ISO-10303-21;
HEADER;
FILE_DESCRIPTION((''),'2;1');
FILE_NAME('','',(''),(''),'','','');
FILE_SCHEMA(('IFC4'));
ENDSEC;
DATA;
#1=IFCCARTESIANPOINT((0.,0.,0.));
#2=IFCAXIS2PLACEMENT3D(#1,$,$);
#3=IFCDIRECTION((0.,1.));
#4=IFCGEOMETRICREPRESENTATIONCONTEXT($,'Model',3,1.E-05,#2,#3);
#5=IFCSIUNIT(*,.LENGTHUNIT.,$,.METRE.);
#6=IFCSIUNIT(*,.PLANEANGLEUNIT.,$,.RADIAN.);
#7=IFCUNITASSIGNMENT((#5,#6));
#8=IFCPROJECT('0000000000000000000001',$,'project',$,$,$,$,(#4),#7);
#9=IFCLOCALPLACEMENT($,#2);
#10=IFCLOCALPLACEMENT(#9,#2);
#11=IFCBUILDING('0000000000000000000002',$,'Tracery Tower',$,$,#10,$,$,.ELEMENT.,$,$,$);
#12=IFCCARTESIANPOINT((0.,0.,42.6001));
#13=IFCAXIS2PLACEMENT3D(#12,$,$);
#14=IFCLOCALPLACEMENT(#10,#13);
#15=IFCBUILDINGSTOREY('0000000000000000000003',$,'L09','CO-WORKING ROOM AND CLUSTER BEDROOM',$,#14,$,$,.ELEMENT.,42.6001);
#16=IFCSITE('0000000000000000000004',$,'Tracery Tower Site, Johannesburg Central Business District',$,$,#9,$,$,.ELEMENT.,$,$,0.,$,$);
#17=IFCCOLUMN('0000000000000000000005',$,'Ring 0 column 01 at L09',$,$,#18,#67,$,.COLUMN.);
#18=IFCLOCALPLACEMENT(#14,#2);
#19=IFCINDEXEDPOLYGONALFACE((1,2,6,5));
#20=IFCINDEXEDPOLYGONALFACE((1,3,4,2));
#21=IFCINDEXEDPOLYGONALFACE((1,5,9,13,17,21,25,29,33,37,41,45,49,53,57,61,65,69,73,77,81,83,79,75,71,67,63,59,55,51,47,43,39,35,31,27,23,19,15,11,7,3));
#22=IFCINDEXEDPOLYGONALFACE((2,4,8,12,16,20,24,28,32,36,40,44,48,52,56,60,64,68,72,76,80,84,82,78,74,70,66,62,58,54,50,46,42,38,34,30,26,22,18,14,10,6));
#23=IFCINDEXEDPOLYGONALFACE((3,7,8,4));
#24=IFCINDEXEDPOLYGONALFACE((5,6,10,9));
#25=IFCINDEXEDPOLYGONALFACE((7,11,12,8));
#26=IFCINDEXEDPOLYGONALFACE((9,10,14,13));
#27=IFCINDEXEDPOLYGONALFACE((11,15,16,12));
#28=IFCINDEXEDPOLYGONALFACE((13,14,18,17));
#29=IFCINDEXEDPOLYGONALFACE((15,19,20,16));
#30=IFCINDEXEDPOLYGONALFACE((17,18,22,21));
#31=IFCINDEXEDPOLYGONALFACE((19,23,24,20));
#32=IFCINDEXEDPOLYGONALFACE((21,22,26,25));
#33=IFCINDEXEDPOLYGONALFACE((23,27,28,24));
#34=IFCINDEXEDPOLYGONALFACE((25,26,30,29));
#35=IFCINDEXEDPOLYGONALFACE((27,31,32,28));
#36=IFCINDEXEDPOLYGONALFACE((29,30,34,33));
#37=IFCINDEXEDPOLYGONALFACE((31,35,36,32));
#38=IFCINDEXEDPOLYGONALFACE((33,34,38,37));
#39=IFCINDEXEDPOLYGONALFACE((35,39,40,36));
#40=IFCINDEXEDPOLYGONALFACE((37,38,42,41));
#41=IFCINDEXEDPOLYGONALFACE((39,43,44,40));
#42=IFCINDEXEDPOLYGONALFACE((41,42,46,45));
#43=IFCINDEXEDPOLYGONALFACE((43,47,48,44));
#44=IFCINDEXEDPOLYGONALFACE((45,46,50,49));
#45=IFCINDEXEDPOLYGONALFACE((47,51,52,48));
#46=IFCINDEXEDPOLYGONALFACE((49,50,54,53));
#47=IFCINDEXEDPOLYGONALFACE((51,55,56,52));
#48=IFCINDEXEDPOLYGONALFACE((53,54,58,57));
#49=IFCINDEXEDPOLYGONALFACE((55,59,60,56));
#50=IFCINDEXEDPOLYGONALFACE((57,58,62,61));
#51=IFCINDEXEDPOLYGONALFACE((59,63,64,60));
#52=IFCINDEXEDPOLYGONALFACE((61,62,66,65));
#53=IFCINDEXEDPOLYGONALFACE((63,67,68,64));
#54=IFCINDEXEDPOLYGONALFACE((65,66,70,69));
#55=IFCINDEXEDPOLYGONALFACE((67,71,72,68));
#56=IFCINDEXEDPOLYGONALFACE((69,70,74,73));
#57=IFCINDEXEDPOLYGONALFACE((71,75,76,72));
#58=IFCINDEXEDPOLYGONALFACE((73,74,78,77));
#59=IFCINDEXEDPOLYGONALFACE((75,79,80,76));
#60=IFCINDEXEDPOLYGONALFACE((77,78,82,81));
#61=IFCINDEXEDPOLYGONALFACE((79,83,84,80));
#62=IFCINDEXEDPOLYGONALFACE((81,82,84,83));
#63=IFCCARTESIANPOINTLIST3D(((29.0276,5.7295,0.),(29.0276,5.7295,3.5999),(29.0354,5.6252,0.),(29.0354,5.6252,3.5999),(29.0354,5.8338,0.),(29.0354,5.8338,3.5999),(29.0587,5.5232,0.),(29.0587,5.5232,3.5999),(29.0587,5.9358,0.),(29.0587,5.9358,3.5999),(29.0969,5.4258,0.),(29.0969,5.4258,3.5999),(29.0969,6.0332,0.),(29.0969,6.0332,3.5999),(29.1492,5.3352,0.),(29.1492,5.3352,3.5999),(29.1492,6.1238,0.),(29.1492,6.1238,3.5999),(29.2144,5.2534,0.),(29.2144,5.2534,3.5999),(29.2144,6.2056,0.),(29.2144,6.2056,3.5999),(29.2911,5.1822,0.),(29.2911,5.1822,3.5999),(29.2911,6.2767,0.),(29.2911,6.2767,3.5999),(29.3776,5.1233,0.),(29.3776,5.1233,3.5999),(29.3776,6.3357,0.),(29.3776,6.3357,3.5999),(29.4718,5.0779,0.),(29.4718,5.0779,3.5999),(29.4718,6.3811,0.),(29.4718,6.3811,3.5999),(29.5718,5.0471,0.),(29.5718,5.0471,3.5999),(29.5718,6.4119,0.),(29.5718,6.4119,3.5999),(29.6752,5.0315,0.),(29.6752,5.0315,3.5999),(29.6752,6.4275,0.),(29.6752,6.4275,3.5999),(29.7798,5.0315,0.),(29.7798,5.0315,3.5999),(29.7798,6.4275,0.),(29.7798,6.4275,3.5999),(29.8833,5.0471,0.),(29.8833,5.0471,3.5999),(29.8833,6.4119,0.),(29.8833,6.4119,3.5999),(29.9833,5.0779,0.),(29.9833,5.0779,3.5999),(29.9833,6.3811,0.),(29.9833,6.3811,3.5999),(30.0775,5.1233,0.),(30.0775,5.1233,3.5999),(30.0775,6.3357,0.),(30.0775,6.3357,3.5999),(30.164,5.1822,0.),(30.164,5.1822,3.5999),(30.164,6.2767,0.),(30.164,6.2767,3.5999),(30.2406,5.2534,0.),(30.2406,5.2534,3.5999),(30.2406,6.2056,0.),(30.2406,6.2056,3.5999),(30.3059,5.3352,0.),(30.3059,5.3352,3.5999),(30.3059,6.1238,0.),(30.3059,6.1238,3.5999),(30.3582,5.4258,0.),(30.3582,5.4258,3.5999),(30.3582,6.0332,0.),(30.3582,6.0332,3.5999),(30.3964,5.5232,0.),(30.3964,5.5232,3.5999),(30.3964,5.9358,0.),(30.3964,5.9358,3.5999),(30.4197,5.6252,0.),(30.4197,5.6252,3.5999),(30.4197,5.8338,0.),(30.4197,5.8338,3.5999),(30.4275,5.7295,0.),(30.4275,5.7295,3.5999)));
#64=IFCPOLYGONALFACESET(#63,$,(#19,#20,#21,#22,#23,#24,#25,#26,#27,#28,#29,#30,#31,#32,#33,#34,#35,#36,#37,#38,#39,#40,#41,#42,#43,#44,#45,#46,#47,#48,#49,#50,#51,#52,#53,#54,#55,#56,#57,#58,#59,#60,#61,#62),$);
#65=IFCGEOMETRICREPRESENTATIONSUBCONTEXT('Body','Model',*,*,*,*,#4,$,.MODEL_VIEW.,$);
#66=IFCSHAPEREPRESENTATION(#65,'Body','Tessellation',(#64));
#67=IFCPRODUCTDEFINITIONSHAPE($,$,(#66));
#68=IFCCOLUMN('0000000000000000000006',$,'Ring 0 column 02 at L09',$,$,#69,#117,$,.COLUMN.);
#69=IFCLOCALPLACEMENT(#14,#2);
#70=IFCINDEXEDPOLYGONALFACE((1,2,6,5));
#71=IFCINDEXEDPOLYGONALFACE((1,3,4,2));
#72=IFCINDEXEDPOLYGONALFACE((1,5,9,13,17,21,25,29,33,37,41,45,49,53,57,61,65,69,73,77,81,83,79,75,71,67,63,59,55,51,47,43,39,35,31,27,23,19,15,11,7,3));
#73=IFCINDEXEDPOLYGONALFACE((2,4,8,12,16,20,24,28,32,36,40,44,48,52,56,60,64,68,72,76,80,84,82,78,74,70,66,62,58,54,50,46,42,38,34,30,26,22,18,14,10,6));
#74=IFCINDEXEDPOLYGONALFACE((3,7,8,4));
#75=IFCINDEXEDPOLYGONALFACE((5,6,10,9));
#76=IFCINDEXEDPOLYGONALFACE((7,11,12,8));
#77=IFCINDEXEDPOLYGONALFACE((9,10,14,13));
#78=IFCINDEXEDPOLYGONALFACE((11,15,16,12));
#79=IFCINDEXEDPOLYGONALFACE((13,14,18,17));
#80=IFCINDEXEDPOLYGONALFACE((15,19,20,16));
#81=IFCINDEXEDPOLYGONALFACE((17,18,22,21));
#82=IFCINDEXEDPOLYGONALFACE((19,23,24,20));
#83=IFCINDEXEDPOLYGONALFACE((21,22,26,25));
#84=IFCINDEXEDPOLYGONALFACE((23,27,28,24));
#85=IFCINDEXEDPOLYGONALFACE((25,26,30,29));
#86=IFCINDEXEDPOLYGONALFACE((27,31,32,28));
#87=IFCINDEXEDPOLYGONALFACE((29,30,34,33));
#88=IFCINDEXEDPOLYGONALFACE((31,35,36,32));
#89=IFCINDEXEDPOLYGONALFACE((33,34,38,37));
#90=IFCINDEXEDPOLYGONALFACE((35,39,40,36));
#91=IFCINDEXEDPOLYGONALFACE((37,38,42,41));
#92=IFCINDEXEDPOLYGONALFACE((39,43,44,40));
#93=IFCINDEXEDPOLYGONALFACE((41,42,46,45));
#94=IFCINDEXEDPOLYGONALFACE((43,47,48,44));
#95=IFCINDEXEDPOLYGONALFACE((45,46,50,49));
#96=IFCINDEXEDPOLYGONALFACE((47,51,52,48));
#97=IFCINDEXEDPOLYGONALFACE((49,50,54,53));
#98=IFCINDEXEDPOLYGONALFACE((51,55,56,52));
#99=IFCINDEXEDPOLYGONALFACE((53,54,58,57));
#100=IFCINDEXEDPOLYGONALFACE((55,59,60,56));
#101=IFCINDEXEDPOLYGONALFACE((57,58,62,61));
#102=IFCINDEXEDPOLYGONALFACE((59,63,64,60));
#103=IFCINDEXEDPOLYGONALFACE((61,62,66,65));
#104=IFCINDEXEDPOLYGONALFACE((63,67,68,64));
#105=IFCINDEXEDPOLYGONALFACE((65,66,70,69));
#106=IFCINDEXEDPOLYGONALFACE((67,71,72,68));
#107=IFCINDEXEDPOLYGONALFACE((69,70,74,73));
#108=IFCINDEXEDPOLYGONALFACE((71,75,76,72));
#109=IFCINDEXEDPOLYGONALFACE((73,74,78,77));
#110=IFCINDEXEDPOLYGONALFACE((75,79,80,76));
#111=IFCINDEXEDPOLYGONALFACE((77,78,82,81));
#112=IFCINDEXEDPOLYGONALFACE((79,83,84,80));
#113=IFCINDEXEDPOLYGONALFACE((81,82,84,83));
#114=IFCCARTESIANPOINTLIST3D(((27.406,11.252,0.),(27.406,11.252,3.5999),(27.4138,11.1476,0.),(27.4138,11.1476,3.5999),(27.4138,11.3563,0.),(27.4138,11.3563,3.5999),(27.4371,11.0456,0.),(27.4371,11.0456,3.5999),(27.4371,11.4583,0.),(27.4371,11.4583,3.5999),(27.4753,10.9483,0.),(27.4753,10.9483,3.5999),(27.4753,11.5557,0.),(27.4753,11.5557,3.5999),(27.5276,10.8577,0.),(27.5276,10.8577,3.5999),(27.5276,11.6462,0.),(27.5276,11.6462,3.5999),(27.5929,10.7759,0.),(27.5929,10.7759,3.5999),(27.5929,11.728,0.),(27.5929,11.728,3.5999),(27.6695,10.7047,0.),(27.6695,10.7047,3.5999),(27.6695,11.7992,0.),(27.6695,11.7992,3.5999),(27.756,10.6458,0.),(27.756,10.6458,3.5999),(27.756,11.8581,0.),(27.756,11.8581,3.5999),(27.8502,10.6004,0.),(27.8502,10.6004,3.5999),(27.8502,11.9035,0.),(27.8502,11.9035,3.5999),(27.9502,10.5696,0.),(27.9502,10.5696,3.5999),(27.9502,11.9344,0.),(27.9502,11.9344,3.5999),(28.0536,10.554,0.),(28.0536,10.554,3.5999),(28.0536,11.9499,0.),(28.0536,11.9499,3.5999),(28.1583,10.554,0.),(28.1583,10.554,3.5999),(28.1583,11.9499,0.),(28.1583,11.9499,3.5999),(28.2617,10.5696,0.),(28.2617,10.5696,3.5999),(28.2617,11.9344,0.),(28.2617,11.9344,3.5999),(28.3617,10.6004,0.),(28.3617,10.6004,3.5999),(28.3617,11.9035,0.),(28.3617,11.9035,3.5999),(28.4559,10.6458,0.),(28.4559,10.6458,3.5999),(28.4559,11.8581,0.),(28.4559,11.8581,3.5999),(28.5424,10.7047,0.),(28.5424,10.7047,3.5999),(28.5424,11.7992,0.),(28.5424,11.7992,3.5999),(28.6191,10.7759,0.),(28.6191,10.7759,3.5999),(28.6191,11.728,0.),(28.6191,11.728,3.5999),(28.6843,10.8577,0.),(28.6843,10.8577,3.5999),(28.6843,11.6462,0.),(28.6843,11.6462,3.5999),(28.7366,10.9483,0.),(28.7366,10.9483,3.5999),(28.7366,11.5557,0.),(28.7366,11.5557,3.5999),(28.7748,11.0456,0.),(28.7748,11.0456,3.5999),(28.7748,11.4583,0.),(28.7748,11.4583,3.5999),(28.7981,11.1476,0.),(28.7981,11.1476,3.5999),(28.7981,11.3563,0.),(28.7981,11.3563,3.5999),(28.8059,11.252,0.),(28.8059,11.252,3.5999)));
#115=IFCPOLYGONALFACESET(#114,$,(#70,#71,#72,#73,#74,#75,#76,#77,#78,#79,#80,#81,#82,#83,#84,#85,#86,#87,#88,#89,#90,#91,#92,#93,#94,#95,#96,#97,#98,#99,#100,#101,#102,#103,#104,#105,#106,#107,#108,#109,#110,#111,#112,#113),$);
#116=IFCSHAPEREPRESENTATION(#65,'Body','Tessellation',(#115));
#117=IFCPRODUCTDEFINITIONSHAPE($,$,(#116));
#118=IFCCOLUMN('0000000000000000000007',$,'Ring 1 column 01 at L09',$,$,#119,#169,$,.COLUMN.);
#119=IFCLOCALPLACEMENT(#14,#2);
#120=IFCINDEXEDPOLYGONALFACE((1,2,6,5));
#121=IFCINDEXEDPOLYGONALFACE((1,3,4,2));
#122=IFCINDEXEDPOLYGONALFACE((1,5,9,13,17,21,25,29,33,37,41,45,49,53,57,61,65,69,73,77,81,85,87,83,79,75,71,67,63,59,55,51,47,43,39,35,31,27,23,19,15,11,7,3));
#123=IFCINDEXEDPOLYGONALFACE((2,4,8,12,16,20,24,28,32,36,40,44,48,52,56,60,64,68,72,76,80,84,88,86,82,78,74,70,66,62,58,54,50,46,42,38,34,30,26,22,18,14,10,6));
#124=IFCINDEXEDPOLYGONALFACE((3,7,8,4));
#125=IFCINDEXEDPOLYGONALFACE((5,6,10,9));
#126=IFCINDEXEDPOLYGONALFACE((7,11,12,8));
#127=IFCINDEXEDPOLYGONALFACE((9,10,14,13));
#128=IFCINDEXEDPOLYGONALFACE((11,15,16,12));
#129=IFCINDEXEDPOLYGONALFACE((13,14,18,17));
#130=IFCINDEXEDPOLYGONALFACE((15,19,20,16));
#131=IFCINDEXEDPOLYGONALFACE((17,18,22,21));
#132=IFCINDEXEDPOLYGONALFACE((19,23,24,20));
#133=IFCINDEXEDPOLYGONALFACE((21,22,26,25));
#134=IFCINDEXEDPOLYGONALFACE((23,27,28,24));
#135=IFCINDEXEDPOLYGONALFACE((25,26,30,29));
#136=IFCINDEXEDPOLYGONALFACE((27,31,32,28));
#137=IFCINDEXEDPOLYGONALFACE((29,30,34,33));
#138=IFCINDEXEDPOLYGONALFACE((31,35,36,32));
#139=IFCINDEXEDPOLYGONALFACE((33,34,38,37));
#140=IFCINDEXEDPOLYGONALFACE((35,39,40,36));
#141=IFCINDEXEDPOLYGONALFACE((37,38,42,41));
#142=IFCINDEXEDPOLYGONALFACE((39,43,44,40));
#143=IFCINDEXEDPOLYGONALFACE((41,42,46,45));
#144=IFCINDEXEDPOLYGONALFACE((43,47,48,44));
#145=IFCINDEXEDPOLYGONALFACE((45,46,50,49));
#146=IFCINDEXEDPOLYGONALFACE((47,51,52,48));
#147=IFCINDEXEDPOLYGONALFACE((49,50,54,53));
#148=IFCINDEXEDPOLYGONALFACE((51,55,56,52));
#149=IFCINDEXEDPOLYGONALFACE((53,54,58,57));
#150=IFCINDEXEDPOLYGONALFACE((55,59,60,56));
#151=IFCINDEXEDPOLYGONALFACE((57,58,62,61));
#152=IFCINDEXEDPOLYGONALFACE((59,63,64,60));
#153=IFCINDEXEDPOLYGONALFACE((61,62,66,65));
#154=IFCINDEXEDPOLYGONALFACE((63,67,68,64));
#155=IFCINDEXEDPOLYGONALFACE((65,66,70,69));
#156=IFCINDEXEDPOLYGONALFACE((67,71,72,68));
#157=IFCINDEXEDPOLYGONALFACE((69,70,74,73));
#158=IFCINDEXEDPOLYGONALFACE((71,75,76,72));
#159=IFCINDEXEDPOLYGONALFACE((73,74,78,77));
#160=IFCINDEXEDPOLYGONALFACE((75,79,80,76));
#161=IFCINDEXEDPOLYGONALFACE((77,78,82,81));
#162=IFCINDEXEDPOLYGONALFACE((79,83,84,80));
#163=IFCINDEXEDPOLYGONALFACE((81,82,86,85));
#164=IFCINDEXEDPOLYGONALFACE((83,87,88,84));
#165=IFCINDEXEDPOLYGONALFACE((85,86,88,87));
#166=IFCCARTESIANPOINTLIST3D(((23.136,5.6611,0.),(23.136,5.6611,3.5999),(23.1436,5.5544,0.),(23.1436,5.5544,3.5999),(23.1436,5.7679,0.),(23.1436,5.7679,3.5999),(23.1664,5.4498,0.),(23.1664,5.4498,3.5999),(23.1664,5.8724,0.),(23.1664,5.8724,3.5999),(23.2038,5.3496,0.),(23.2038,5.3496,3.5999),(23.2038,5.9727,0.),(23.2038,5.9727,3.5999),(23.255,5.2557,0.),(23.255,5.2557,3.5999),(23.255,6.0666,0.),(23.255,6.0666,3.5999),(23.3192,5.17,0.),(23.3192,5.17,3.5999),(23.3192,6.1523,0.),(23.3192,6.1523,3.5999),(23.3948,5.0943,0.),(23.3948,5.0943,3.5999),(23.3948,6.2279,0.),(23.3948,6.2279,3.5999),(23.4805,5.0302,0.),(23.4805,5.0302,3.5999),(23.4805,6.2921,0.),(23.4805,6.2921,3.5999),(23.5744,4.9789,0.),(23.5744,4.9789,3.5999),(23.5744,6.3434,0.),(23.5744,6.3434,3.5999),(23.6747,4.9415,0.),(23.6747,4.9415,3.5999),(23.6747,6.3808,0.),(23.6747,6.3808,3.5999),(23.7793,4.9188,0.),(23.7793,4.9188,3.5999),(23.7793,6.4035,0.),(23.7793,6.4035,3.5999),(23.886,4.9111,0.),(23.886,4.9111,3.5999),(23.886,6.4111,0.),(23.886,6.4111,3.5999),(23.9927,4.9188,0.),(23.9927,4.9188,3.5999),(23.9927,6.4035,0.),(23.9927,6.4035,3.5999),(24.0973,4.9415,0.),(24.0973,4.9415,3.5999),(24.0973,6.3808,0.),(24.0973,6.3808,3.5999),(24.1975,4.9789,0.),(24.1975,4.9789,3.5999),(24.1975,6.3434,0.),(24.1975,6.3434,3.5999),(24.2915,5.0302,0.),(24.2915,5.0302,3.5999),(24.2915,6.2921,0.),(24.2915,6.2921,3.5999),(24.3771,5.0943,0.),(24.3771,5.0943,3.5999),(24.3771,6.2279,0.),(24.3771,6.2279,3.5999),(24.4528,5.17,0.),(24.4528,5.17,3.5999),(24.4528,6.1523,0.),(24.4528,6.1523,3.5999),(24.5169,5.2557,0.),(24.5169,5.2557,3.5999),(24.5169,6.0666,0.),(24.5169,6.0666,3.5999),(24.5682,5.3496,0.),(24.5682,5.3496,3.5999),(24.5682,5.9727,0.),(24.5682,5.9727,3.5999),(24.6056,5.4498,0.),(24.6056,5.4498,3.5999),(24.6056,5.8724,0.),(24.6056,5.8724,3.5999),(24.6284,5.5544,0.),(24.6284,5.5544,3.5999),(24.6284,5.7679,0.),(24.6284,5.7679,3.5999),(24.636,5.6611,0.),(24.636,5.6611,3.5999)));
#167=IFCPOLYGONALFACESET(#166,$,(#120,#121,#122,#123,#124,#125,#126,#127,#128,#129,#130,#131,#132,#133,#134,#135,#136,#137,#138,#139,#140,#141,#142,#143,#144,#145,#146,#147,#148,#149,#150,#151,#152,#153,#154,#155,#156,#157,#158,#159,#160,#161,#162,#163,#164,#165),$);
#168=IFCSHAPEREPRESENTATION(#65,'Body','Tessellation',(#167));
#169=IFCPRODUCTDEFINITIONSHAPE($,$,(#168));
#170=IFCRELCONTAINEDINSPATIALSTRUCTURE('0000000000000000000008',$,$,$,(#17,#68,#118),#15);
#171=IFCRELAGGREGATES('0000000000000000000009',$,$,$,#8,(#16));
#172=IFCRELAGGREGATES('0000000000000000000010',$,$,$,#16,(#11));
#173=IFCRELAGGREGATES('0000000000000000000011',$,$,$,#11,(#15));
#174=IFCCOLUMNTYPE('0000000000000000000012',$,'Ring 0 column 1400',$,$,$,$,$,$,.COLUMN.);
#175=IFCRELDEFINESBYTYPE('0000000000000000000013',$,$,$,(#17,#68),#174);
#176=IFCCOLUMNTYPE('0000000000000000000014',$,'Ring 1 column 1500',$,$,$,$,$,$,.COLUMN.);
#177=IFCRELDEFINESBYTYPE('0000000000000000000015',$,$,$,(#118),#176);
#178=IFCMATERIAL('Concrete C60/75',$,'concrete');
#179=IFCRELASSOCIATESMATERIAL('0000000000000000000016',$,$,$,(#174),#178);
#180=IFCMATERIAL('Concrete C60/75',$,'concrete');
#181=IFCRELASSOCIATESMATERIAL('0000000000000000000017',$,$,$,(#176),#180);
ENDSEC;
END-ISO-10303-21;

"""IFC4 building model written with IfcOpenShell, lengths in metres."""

from ifc_helpers import new_model, si_unit, direction, frame, origin, origin_2d, place, context, subcontext, project, spatial, circle, extrude, material, material_profile, profile_set, type_object, element, save


model = new_model("IFC4")

# Units and contexts
model_context = context("Model", 3, precision=1e-05, world=origin(), true_north=direction((0.0, 1.0)))
body_context = subcontext(model_context, "Body", "Model", "MODEL_VIEW")
ifc_project = project(units=[si_unit("LENGTHUNIT", "METRE"), si_unit("PLANEANGLEUNIT", "RADIAN")], contexts=[model_context])

# Site, building, storey
site_placement = place(None, origin())
site = spatial("IfcSite", under=ifc_project, at=site_placement, Name="Tracery Tower Site, Johannesburg Central Business District", CompositionType="ELEMENT", RefElevation=0.0)
building_placement = place(site_placement, origin())
building = spatial("IfcBuilding", under=site, at=building_placement, Name="Tracery Tower", CompositionType="ELEMENT")
storey_placement = place(building_placement, frame((0.0, 0.0, 42.6001)))
storey = spatial("IfcBuildingStorey", under=building, at=storey_placement, Name="L09", Description="CO-WORKING ROOM AND CLUSTER BEDROOM", CompositionType="ELEMENT", Elevation=42.6001)

# Columns
ifc_material_1 = material(Name="Concrete C60/75", Category="concrete")
ifc_material_profile_1 = material_profile(ifc_material_1, circle(Radius=0.7, at=origin_2d()), Name="RC D1400")
ifc_profile_set_1 = profile_set([ifc_material_profile_1], Name="Concrete C60/75")
column_type_1 = type_object("IfcColumnType", Name="Ring 0 column 1400", PredefinedType="COLUMN", material=ifc_profile_set_1)
for number, where, z_axis, x_axis, name in (
    (1, (29.7275, 5.7295, 0.0), (0.0, 0.0, 1.0), (1.0, 0.0, 0.0), "Ring 0 column 01 at L09"),
    (2, (28.106, 11.252, 0.0), (0.0, 0.0, 1.0), (1.0, 0.0, 0.0), "Ring 0 column 02 at L09"),
):
    element("IfcColumn", number, at=place(storey_placement, frame(where, z_axis=z_axis, x_axis=x_axis)), inside=storey, type_object=column_type_1, Name=name, PredefinedType="COLUMN", context=body_context, shape_type="SweptSolid", body=[
        extrude(circle(Radius=0.7, at=origin_2d()), origin(), (0.0, 0.0, 1.0), 3.5999),
    ])
ifc_material_2 = material(Name="Concrete C60/75", Category="concrete")
ifc_material_profile_2 = material_profile(ifc_material_2, circle(Radius=0.75, at=origin_2d()), Name="RC D1500")
ifc_profile_set_2 = profile_set([ifc_material_profile_2], Name="Concrete C60/75")
column_type_2 = type_object("IfcColumnType", Name="Ring 1 column 1500", PredefinedType="COLUMN", material=ifc_profile_set_2)
for number, where, z_axis, x_axis, name in (
    (3, (23.886, 5.6611, 0.0), (0.0, 0.0, 1.0), (1.0, 0.0, 0.0), "Ring 1 column 01 at L09"),
):
    element("IfcColumn", number, at=place(storey_placement, frame(where, z_axis=z_axis, x_axis=x_axis)), inside=storey, type_object=column_type_2, Name=name, PredefinedType="COLUMN", context=body_context, shape_type="SweptSolid", body=[
        extrude(circle(Radius=0.75, at=origin_2d()), origin(), (0.0, 0.0, 1.0), 3.5999),
    ])

save(model, "model.ifc")
